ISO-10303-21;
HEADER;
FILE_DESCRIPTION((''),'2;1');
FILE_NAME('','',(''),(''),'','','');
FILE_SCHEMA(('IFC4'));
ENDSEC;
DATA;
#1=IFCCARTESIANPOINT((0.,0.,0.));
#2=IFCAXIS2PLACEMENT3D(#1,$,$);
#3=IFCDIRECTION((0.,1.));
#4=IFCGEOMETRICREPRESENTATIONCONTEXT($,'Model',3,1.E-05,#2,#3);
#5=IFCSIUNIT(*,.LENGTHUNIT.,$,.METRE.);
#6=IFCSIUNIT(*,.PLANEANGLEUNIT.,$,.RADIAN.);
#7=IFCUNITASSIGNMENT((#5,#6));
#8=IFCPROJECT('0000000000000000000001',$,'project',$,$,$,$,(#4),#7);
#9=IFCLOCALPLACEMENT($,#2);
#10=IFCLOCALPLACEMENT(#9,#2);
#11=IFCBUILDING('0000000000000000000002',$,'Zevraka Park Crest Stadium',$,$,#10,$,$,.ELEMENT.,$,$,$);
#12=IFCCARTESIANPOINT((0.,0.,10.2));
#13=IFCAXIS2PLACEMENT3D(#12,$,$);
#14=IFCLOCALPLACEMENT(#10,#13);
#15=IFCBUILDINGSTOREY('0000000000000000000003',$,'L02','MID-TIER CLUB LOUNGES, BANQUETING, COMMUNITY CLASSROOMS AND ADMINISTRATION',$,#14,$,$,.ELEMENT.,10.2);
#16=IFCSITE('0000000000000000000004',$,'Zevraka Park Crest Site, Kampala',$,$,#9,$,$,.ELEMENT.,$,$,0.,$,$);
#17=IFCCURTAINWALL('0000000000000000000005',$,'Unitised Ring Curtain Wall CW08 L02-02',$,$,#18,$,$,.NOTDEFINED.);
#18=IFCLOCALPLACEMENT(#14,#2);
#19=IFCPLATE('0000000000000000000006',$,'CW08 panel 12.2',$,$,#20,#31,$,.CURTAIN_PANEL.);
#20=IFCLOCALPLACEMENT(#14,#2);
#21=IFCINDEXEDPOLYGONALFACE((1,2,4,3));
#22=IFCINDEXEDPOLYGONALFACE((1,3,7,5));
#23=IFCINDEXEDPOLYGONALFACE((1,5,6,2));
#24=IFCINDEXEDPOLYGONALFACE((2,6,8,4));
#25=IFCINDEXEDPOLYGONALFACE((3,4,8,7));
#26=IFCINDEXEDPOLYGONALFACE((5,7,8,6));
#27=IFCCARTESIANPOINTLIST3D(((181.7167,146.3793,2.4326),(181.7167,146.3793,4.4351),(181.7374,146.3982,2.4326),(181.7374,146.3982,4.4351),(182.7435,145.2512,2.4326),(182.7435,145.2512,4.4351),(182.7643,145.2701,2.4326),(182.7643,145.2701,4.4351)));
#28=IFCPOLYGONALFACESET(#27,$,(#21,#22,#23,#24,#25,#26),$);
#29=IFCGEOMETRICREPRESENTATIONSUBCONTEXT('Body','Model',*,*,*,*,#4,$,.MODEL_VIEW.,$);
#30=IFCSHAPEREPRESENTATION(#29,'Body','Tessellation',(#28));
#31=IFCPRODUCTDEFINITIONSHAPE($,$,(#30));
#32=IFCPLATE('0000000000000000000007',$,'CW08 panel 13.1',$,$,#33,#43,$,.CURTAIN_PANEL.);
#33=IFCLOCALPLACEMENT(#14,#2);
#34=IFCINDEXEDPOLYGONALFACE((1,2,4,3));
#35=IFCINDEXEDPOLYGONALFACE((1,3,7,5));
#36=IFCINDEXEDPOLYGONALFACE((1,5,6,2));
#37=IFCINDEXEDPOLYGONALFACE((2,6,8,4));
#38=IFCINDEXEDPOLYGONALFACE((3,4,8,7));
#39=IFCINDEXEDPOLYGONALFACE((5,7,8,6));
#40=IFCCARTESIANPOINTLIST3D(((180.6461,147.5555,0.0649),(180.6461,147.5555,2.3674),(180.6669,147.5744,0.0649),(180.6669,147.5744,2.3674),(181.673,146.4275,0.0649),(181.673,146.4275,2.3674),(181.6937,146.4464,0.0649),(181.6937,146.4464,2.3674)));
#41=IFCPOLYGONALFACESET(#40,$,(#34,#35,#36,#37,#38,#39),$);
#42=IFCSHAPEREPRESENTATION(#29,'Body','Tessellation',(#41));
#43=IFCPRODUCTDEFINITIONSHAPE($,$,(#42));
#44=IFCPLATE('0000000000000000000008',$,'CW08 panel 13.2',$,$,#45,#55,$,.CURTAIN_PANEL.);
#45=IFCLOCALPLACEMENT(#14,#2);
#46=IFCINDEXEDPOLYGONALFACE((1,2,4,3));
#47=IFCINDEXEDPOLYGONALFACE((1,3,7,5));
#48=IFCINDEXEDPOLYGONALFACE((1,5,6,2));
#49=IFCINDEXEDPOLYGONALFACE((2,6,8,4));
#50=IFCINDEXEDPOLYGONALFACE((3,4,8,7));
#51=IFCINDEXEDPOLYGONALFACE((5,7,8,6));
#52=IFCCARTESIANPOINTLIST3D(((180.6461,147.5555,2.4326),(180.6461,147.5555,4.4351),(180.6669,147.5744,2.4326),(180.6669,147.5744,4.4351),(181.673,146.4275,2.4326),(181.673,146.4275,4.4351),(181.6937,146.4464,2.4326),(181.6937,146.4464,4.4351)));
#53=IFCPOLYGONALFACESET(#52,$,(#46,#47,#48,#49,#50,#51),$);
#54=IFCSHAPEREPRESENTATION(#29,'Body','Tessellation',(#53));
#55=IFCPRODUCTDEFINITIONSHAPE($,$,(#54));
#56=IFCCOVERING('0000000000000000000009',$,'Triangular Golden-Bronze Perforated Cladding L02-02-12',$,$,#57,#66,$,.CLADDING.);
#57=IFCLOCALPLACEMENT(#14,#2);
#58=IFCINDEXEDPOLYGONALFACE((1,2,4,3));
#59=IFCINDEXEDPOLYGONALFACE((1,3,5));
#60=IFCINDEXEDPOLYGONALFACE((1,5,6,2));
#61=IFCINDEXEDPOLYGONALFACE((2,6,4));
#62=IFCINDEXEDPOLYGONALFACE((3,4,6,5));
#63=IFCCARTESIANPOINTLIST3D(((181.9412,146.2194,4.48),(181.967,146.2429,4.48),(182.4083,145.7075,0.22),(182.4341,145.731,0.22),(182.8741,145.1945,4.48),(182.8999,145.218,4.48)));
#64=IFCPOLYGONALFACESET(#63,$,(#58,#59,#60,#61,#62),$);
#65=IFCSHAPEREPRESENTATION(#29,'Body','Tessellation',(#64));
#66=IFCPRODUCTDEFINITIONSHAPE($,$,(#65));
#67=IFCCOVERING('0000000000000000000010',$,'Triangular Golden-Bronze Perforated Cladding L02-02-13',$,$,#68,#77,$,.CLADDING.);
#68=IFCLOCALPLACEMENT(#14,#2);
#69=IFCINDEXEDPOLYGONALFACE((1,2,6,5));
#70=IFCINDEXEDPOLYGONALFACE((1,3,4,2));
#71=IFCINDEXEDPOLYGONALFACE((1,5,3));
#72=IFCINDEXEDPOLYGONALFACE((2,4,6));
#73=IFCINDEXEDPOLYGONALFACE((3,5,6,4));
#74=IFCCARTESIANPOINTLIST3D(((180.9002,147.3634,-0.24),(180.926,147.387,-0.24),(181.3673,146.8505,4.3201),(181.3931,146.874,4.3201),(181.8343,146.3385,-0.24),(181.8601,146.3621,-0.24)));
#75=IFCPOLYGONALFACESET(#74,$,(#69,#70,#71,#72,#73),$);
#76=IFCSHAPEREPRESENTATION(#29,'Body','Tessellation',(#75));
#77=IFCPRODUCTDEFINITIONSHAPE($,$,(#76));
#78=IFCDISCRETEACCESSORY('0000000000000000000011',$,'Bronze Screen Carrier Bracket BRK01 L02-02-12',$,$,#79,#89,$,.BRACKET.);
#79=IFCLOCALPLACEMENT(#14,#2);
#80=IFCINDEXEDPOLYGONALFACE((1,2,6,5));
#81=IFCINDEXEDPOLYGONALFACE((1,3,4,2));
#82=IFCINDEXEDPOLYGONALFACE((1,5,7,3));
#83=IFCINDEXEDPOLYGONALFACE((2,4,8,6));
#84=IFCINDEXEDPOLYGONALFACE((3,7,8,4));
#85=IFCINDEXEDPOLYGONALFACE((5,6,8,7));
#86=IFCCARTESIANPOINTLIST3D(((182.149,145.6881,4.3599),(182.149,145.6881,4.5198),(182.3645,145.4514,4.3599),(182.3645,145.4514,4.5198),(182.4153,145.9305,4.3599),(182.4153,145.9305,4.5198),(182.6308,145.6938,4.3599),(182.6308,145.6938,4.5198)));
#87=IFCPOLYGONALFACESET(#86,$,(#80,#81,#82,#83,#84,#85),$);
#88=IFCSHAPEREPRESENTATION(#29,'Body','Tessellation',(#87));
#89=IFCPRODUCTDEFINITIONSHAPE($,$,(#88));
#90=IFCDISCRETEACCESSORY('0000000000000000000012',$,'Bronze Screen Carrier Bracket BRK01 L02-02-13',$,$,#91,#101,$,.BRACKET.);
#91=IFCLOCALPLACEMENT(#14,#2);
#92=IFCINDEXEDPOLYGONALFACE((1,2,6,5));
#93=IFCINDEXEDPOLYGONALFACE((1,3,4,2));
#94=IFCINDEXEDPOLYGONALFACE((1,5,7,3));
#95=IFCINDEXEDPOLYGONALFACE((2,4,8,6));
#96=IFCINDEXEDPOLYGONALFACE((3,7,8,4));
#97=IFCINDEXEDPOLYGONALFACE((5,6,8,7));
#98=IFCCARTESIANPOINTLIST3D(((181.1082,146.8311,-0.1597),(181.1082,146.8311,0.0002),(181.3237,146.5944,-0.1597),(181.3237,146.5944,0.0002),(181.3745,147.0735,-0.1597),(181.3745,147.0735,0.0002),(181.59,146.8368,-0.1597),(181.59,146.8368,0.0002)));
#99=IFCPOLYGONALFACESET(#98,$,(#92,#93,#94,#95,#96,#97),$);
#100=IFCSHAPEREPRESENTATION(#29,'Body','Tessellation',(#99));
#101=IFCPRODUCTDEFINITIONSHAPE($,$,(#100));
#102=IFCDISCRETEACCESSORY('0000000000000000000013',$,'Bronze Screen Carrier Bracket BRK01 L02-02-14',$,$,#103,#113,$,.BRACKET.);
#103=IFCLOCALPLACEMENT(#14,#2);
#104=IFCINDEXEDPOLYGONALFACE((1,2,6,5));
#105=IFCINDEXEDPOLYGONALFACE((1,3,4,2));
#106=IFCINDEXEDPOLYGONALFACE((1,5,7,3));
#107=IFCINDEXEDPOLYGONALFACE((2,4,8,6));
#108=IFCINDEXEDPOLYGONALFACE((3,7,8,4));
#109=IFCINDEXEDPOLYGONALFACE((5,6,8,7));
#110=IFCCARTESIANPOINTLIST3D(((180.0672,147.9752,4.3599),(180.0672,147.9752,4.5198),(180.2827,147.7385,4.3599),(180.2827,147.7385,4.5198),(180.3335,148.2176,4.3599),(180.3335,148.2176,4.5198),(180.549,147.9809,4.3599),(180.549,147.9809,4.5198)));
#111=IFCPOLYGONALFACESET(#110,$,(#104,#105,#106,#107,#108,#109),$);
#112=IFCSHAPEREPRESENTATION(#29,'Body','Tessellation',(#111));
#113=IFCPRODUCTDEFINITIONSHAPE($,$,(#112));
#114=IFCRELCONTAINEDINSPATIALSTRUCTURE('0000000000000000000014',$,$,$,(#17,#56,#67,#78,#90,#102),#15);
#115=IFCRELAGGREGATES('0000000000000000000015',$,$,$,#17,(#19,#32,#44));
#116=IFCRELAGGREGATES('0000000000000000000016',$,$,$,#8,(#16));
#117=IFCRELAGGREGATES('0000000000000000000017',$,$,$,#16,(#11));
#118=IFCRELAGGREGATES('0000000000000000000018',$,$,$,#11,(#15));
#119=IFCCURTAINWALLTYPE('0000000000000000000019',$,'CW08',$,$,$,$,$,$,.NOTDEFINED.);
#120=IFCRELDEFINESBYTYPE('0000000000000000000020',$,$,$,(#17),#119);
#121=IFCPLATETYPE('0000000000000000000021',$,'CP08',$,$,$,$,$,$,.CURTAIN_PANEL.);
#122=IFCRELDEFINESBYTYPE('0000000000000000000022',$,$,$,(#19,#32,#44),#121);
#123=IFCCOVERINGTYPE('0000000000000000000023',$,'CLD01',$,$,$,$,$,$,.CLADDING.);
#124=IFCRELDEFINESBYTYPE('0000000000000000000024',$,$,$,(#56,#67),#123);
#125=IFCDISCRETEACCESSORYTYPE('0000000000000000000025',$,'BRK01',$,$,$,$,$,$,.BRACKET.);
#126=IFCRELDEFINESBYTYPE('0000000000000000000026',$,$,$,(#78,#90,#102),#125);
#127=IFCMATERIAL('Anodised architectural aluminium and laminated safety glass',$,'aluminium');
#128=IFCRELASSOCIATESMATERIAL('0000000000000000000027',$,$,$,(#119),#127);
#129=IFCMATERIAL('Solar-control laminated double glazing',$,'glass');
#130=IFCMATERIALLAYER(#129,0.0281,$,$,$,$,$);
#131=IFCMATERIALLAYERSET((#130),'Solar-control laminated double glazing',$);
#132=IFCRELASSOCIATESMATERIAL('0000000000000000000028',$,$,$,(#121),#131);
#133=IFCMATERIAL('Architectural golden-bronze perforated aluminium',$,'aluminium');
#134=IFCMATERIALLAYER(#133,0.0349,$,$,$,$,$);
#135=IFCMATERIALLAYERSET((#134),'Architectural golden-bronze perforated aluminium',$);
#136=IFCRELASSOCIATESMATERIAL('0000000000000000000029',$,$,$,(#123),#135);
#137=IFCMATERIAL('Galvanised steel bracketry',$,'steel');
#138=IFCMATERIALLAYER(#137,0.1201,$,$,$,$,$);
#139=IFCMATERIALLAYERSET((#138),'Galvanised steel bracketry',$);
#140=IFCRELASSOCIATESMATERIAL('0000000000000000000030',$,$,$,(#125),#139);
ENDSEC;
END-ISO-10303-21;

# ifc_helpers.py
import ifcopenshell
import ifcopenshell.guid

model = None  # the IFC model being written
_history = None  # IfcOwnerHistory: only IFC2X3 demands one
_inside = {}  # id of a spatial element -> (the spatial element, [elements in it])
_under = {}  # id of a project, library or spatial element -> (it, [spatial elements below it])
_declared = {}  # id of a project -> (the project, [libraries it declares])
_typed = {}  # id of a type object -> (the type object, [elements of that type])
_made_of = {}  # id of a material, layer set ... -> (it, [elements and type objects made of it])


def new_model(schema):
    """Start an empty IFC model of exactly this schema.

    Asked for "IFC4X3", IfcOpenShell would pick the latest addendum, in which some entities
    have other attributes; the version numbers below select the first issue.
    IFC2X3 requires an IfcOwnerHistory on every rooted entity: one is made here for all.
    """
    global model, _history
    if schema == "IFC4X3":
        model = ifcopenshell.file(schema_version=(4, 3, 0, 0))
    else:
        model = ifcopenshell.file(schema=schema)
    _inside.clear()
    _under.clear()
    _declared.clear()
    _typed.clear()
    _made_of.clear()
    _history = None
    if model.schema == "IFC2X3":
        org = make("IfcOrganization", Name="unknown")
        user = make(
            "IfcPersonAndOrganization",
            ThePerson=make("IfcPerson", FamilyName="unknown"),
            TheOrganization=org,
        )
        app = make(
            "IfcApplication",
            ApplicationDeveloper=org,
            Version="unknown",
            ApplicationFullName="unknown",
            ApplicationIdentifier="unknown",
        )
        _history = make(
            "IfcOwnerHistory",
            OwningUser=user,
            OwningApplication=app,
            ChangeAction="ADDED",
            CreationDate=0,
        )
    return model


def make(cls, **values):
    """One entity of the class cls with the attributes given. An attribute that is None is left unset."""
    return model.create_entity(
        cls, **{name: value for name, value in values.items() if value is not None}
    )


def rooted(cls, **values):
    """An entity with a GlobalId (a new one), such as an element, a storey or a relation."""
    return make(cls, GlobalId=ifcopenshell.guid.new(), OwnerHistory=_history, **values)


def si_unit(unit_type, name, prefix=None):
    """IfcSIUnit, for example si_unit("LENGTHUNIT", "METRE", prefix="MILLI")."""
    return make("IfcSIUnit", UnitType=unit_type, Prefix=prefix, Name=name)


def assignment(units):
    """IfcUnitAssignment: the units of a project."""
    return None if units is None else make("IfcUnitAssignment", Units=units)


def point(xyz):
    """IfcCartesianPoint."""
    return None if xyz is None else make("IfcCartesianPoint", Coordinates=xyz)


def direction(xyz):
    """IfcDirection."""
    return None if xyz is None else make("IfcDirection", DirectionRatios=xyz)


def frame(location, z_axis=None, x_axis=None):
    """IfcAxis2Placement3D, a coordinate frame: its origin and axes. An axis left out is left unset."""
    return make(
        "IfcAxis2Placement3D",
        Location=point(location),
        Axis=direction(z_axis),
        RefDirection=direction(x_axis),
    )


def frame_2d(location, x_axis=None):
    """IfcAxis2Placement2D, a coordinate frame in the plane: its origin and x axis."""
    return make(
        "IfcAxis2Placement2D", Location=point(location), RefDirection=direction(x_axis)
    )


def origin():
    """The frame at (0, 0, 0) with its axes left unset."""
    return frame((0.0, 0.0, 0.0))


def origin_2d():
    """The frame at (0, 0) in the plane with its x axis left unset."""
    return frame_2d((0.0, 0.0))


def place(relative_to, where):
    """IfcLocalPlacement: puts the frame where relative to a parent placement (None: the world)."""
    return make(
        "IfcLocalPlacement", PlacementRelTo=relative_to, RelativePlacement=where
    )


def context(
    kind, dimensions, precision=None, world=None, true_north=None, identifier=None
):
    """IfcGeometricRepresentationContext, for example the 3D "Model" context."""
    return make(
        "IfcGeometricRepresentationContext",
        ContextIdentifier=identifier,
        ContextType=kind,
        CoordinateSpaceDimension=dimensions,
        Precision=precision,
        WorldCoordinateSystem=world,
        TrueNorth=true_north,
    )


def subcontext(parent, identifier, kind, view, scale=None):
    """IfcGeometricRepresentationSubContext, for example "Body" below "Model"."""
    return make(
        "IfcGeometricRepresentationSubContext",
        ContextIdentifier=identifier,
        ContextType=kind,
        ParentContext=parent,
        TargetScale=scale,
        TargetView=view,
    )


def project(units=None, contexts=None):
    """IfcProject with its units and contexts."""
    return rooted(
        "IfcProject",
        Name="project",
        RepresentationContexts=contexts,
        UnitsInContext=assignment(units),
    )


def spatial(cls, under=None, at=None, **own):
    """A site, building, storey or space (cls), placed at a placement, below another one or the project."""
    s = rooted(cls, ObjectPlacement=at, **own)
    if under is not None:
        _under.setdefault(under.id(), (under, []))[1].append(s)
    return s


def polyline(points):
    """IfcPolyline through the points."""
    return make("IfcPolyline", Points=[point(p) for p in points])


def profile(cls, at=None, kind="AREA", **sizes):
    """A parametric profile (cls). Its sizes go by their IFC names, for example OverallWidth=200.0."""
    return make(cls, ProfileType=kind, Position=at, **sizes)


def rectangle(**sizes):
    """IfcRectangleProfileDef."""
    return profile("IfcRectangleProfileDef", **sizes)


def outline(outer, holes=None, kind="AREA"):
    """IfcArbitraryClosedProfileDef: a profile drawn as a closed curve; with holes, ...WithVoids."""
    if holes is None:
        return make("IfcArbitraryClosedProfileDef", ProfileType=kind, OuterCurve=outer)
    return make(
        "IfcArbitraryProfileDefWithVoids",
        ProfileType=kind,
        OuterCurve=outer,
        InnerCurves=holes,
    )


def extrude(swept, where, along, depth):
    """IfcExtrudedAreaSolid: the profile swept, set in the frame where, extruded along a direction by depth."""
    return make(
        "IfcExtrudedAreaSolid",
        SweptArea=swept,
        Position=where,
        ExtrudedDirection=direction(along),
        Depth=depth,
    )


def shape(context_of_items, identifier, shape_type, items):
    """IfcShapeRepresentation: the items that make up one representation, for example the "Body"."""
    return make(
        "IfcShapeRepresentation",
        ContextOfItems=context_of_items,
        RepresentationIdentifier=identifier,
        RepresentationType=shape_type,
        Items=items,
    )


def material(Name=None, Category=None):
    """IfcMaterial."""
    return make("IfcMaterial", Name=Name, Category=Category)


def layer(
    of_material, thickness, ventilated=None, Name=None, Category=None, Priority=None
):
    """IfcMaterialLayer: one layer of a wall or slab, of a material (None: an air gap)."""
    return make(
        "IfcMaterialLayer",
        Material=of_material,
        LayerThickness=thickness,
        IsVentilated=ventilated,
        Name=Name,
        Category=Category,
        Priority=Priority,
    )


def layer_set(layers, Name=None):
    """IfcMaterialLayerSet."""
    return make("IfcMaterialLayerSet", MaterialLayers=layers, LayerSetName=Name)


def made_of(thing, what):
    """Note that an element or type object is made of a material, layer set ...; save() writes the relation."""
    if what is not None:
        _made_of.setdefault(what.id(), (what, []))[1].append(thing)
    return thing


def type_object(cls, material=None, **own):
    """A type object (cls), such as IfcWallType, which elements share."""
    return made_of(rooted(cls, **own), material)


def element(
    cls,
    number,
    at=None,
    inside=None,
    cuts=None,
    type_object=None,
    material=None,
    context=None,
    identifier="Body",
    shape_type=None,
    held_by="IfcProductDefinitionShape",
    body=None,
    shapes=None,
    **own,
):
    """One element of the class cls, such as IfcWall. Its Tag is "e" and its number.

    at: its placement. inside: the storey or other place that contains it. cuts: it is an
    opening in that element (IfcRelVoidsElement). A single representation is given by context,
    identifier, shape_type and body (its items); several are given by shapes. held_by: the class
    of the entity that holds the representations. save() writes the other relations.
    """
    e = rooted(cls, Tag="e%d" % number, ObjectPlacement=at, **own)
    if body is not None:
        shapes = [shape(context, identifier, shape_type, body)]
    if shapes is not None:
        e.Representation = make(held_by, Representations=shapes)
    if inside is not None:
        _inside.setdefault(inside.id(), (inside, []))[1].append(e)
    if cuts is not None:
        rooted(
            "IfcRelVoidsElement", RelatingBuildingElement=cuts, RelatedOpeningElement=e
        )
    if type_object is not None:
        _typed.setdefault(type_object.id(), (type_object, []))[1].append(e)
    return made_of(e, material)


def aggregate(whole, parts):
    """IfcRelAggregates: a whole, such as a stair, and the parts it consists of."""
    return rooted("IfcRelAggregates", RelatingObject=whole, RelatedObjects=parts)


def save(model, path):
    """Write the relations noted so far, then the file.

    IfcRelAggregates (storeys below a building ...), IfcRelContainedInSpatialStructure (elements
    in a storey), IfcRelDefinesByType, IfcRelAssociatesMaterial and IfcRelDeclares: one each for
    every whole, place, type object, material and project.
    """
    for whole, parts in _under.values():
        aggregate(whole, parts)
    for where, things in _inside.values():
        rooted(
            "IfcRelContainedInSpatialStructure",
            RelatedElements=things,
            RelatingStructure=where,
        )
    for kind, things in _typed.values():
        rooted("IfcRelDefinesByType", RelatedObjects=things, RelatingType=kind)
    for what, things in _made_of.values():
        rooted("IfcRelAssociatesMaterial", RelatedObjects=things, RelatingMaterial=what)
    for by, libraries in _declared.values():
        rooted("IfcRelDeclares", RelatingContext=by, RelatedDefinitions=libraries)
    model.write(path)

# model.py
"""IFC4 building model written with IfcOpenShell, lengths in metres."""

from ifc_helpers import new_model, si_unit, direction, frame, origin, origin_2d, place, context, subcontext, project, spatial, polyline, rectangle, outline, extrude, material, layer, layer_set, type_object, element, aggregate, save


model = new_model("IFC4")

# Units and contexts
model_context = context("Model", 3, precision=1e-05, world=origin(), true_north=direction((0.0, 1.0)))
body_context = subcontext(model_context, "Body", "Model", "MODEL_VIEW")
ifc_project = project(units=[si_unit("LENGTHUNIT", "METRE"), si_unit("PLANEANGLEUNIT", "RADIAN")], contexts=[model_context])

# Site, building, storey
site_placement = place(None, origin())
site = spatial("IfcSite", under=ifc_project, at=site_placement, Name="Zevraka Park Crest Site, Kampala", CompositionType="ELEMENT", RefElevation=0.0)
building_placement = place(site_placement, origin())
building = spatial("IfcBuilding", under=site, at=building_placement, Name="Zevraka Park Crest Stadium", CompositionType="ELEMENT")
storey_placement = place(building_placement, frame((0.0, 0.0, 10.2)))
storey = spatial("IfcBuildingStorey", under=building, at=storey_placement, Name="L02", Description="MID-TIER CLUB LOUNGES, BANQUETING, COMMUNITY CLASSROOMS AND ADMINISTRATION", CompositionType="ELEMENT", Elevation=10.2)

# Curtain wall
ifc_material_1 = material(Name="Anodised architectural aluminium and laminated safety glass", Category="aluminium")
curtain_wall_type = type_object("IfcCurtainWallType", Name="CW08", PredefinedType="NOTDEFINED", material=ifc_material_1)
curtain_wall_placement = place(storey_placement, origin())
curtain_wall = element("IfcCurtainWall", 1, at=curtain_wall_placement, inside=storey, type_object=curtain_wall_type, Name="Unitised Ring Curtain Wall CW08 L02-02", PredefinedType="NOTDEFINED")

# Plates
ifc_material_2 = material(Name="Solar-control laminated double glazing", Category="glass")
ifc_layer_1 = layer(ifc_material_2, 0.0281)
ifc_layer_set_1 = layer_set([ifc_layer_1], Name="Solar-control laminated double glazing")
plate_type = type_object("IfcPlateType", Name="CP08", PredefinedType="CURTAIN_PANEL", material=ifc_layer_set_1)
plate_1_placement = place(storey_placement, frame((182.2405, 145.8247, 2.4326), z_axis=(0.0, 0.0, 1.0), x_axis=(-0.67316, 0.739497, 0.0)))
plate_1 = element("IfcPlate", 2, at=plate_1_placement, type_object=plate_type, Name="CW08 panel 12.2", PredefinedType="CURTAIN_PANEL", context=body_context, shape_type="SweptSolid", body=[
    extrude(rectangle(XDim=1.5254, YDim=0.0281, at=origin_2d()), origin(), (0.0, 0.0, 1.0), 2.0024),
])
plate_2_placement = place(storey_placement, frame((181.1699, 147.001, 0.0649), z_axis=(0.0, 0.0, 1.0), x_axis=(-0.67316, 0.739497, 0.0)))
plate_2 = element("IfcPlate", 3, at=plate_2_placement, type_object=plate_type, Name="CW08 panel 13.1", PredefinedType="CURTAIN_PANEL", context=body_context, shape_type="SweptSolid", body=[
    extrude(rectangle(XDim=1.5254, YDim=0.0281, at=origin_2d()), origin(), (0.0, 0.0, 1.0), 2.3025),
])
plate_3_placement = place(storey_placement, frame((181.1699, 147.001, 2.4326), z_axis=(0.0, 0.0, 1.0), x_axis=(-0.67316, 0.739497, 0.0)))
plate_3 = element("IfcPlate", 4, at=plate_3_placement, type_object=plate_type, Name="CW08 panel 13.2", PredefinedType="CURTAIN_PANEL", context=body_context, shape_type="SweptSolid", body=[
    extrude(rectangle(XDim=1.5254, YDim=0.0281, at=origin_2d()), origin(), (0.0, 0.0, 1.0), 2.0024),
])
aggregate(curtain_wall, [plate_1, plate_2, plate_3])

# Coverings
ifc_material_3 = material(Name="Architectural golden-bronze perforated aluminium", Category="aluminium")
ifc_layer_2 = layer(ifc_material_3, 0.0349)
ifc_layer_set_2 = layer_set([ifc_layer_2], Name="Architectural golden-bronze perforated aluminium")
covering_type = type_object("IfcCoveringType", Name="CLD01", PredefinedType="CLADDING", material=ifc_layer_set_2)
covering_1_placement = place(storey_placement, frame((181.967, 146.2429, 4.48), z_axis=(0.739533, 0.67312, 0.000183), x_axis=(0.67312, -0.739533, 0.0)))
element("IfcCovering", 5, at=covering_1_placement, inside=storey, type_object=covering_type, Name="Triangular Golden-Bronze Perforated Cladding L02-02-12", PredefinedType="CLADDING", context=body_context, shape_type="SweptSolid", body=[
    extrude(outline(polyline([(0.0, 0.0), (1.3859, 0.0), (0.693, 4.26), (0.0, 0.0)])), origin(), (0.0, 0.0, -1.0), 0.0349),
])
covering_2_placement = place(storey_placement, frame((181.8601, 146.3621, -0.24), z_axis=(0.739095, 0.673601, 0.000072), x_axis=(-0.673601, 0.739095, 0.0)))
element("IfcCovering", 6, at=covering_2_placement, inside=storey, type_object=covering_type, Name="Triangular Golden-Bronze Perforated Cladding L02-02-13", PredefinedType="CLADDING", context=body_context, shape_type="SweptSolid", body=[
    extrude(outline(polyline([(0.0, 0.0), (1.3867, 0.0), (0.693, 4.5601), (0.0, 0.0)])), origin(), (0.0, 0.0, -1.0), 0.0349),
])

# Discrete accessories
ifc_material_4 = material(Name="Galvanised steel bracketry", Category="steel")
ifc_layer_3 = layer(ifc_material_4, 0.1201)
ifc_layer_set_3 = layer_set([ifc_layer_3], Name="Galvanised steel bracketry")
discrete_accessory_type = type_object("IfcDiscreteAccessoryType", Name="BRK01", PredefinedType="BRACKET", material=ifc_layer_set_3)
for number, where, z_axis, x_axis, name in (
    (7, (182.3899, 145.6909, 4.3599), (0.0, 0.0, 1.0), (-0.673142, 0.739514, 0.0), "Bronze Screen Carrier Bracket BRK01 L02-02-12"),
    (8, (181.3491, 146.834, -0.1597), (0.0, 0.0, 1.0), (-0.673142, 0.739514, 0.0), "Bronze Screen Carrier Bracket BRK01 L02-02-13"),
    (9, (180.3081, 147.978, 4.3599), (0.0, 0.0, 1.0), (-0.673142, 0.739514, 0.0), "Bronze Screen Carrier Bracket BRK01 L02-02-14"),
):
    element("IfcDiscreteAccessory", number, at=place(storey_placement, frame(where, z_axis=z_axis, x_axis=x_axis)), inside=storey, type_object=discrete_accessory_type, Name=name, PredefinedType="BRACKET", context=body_context, shape_type="SweptSolid", body=[
        extrude(rectangle(XDim=0.3201, YDim=0.3601, at=origin_2d()), origin(), (0.0, 0.0, 1.0), 0.1599),
    ])

save(model, "model.ifc")
